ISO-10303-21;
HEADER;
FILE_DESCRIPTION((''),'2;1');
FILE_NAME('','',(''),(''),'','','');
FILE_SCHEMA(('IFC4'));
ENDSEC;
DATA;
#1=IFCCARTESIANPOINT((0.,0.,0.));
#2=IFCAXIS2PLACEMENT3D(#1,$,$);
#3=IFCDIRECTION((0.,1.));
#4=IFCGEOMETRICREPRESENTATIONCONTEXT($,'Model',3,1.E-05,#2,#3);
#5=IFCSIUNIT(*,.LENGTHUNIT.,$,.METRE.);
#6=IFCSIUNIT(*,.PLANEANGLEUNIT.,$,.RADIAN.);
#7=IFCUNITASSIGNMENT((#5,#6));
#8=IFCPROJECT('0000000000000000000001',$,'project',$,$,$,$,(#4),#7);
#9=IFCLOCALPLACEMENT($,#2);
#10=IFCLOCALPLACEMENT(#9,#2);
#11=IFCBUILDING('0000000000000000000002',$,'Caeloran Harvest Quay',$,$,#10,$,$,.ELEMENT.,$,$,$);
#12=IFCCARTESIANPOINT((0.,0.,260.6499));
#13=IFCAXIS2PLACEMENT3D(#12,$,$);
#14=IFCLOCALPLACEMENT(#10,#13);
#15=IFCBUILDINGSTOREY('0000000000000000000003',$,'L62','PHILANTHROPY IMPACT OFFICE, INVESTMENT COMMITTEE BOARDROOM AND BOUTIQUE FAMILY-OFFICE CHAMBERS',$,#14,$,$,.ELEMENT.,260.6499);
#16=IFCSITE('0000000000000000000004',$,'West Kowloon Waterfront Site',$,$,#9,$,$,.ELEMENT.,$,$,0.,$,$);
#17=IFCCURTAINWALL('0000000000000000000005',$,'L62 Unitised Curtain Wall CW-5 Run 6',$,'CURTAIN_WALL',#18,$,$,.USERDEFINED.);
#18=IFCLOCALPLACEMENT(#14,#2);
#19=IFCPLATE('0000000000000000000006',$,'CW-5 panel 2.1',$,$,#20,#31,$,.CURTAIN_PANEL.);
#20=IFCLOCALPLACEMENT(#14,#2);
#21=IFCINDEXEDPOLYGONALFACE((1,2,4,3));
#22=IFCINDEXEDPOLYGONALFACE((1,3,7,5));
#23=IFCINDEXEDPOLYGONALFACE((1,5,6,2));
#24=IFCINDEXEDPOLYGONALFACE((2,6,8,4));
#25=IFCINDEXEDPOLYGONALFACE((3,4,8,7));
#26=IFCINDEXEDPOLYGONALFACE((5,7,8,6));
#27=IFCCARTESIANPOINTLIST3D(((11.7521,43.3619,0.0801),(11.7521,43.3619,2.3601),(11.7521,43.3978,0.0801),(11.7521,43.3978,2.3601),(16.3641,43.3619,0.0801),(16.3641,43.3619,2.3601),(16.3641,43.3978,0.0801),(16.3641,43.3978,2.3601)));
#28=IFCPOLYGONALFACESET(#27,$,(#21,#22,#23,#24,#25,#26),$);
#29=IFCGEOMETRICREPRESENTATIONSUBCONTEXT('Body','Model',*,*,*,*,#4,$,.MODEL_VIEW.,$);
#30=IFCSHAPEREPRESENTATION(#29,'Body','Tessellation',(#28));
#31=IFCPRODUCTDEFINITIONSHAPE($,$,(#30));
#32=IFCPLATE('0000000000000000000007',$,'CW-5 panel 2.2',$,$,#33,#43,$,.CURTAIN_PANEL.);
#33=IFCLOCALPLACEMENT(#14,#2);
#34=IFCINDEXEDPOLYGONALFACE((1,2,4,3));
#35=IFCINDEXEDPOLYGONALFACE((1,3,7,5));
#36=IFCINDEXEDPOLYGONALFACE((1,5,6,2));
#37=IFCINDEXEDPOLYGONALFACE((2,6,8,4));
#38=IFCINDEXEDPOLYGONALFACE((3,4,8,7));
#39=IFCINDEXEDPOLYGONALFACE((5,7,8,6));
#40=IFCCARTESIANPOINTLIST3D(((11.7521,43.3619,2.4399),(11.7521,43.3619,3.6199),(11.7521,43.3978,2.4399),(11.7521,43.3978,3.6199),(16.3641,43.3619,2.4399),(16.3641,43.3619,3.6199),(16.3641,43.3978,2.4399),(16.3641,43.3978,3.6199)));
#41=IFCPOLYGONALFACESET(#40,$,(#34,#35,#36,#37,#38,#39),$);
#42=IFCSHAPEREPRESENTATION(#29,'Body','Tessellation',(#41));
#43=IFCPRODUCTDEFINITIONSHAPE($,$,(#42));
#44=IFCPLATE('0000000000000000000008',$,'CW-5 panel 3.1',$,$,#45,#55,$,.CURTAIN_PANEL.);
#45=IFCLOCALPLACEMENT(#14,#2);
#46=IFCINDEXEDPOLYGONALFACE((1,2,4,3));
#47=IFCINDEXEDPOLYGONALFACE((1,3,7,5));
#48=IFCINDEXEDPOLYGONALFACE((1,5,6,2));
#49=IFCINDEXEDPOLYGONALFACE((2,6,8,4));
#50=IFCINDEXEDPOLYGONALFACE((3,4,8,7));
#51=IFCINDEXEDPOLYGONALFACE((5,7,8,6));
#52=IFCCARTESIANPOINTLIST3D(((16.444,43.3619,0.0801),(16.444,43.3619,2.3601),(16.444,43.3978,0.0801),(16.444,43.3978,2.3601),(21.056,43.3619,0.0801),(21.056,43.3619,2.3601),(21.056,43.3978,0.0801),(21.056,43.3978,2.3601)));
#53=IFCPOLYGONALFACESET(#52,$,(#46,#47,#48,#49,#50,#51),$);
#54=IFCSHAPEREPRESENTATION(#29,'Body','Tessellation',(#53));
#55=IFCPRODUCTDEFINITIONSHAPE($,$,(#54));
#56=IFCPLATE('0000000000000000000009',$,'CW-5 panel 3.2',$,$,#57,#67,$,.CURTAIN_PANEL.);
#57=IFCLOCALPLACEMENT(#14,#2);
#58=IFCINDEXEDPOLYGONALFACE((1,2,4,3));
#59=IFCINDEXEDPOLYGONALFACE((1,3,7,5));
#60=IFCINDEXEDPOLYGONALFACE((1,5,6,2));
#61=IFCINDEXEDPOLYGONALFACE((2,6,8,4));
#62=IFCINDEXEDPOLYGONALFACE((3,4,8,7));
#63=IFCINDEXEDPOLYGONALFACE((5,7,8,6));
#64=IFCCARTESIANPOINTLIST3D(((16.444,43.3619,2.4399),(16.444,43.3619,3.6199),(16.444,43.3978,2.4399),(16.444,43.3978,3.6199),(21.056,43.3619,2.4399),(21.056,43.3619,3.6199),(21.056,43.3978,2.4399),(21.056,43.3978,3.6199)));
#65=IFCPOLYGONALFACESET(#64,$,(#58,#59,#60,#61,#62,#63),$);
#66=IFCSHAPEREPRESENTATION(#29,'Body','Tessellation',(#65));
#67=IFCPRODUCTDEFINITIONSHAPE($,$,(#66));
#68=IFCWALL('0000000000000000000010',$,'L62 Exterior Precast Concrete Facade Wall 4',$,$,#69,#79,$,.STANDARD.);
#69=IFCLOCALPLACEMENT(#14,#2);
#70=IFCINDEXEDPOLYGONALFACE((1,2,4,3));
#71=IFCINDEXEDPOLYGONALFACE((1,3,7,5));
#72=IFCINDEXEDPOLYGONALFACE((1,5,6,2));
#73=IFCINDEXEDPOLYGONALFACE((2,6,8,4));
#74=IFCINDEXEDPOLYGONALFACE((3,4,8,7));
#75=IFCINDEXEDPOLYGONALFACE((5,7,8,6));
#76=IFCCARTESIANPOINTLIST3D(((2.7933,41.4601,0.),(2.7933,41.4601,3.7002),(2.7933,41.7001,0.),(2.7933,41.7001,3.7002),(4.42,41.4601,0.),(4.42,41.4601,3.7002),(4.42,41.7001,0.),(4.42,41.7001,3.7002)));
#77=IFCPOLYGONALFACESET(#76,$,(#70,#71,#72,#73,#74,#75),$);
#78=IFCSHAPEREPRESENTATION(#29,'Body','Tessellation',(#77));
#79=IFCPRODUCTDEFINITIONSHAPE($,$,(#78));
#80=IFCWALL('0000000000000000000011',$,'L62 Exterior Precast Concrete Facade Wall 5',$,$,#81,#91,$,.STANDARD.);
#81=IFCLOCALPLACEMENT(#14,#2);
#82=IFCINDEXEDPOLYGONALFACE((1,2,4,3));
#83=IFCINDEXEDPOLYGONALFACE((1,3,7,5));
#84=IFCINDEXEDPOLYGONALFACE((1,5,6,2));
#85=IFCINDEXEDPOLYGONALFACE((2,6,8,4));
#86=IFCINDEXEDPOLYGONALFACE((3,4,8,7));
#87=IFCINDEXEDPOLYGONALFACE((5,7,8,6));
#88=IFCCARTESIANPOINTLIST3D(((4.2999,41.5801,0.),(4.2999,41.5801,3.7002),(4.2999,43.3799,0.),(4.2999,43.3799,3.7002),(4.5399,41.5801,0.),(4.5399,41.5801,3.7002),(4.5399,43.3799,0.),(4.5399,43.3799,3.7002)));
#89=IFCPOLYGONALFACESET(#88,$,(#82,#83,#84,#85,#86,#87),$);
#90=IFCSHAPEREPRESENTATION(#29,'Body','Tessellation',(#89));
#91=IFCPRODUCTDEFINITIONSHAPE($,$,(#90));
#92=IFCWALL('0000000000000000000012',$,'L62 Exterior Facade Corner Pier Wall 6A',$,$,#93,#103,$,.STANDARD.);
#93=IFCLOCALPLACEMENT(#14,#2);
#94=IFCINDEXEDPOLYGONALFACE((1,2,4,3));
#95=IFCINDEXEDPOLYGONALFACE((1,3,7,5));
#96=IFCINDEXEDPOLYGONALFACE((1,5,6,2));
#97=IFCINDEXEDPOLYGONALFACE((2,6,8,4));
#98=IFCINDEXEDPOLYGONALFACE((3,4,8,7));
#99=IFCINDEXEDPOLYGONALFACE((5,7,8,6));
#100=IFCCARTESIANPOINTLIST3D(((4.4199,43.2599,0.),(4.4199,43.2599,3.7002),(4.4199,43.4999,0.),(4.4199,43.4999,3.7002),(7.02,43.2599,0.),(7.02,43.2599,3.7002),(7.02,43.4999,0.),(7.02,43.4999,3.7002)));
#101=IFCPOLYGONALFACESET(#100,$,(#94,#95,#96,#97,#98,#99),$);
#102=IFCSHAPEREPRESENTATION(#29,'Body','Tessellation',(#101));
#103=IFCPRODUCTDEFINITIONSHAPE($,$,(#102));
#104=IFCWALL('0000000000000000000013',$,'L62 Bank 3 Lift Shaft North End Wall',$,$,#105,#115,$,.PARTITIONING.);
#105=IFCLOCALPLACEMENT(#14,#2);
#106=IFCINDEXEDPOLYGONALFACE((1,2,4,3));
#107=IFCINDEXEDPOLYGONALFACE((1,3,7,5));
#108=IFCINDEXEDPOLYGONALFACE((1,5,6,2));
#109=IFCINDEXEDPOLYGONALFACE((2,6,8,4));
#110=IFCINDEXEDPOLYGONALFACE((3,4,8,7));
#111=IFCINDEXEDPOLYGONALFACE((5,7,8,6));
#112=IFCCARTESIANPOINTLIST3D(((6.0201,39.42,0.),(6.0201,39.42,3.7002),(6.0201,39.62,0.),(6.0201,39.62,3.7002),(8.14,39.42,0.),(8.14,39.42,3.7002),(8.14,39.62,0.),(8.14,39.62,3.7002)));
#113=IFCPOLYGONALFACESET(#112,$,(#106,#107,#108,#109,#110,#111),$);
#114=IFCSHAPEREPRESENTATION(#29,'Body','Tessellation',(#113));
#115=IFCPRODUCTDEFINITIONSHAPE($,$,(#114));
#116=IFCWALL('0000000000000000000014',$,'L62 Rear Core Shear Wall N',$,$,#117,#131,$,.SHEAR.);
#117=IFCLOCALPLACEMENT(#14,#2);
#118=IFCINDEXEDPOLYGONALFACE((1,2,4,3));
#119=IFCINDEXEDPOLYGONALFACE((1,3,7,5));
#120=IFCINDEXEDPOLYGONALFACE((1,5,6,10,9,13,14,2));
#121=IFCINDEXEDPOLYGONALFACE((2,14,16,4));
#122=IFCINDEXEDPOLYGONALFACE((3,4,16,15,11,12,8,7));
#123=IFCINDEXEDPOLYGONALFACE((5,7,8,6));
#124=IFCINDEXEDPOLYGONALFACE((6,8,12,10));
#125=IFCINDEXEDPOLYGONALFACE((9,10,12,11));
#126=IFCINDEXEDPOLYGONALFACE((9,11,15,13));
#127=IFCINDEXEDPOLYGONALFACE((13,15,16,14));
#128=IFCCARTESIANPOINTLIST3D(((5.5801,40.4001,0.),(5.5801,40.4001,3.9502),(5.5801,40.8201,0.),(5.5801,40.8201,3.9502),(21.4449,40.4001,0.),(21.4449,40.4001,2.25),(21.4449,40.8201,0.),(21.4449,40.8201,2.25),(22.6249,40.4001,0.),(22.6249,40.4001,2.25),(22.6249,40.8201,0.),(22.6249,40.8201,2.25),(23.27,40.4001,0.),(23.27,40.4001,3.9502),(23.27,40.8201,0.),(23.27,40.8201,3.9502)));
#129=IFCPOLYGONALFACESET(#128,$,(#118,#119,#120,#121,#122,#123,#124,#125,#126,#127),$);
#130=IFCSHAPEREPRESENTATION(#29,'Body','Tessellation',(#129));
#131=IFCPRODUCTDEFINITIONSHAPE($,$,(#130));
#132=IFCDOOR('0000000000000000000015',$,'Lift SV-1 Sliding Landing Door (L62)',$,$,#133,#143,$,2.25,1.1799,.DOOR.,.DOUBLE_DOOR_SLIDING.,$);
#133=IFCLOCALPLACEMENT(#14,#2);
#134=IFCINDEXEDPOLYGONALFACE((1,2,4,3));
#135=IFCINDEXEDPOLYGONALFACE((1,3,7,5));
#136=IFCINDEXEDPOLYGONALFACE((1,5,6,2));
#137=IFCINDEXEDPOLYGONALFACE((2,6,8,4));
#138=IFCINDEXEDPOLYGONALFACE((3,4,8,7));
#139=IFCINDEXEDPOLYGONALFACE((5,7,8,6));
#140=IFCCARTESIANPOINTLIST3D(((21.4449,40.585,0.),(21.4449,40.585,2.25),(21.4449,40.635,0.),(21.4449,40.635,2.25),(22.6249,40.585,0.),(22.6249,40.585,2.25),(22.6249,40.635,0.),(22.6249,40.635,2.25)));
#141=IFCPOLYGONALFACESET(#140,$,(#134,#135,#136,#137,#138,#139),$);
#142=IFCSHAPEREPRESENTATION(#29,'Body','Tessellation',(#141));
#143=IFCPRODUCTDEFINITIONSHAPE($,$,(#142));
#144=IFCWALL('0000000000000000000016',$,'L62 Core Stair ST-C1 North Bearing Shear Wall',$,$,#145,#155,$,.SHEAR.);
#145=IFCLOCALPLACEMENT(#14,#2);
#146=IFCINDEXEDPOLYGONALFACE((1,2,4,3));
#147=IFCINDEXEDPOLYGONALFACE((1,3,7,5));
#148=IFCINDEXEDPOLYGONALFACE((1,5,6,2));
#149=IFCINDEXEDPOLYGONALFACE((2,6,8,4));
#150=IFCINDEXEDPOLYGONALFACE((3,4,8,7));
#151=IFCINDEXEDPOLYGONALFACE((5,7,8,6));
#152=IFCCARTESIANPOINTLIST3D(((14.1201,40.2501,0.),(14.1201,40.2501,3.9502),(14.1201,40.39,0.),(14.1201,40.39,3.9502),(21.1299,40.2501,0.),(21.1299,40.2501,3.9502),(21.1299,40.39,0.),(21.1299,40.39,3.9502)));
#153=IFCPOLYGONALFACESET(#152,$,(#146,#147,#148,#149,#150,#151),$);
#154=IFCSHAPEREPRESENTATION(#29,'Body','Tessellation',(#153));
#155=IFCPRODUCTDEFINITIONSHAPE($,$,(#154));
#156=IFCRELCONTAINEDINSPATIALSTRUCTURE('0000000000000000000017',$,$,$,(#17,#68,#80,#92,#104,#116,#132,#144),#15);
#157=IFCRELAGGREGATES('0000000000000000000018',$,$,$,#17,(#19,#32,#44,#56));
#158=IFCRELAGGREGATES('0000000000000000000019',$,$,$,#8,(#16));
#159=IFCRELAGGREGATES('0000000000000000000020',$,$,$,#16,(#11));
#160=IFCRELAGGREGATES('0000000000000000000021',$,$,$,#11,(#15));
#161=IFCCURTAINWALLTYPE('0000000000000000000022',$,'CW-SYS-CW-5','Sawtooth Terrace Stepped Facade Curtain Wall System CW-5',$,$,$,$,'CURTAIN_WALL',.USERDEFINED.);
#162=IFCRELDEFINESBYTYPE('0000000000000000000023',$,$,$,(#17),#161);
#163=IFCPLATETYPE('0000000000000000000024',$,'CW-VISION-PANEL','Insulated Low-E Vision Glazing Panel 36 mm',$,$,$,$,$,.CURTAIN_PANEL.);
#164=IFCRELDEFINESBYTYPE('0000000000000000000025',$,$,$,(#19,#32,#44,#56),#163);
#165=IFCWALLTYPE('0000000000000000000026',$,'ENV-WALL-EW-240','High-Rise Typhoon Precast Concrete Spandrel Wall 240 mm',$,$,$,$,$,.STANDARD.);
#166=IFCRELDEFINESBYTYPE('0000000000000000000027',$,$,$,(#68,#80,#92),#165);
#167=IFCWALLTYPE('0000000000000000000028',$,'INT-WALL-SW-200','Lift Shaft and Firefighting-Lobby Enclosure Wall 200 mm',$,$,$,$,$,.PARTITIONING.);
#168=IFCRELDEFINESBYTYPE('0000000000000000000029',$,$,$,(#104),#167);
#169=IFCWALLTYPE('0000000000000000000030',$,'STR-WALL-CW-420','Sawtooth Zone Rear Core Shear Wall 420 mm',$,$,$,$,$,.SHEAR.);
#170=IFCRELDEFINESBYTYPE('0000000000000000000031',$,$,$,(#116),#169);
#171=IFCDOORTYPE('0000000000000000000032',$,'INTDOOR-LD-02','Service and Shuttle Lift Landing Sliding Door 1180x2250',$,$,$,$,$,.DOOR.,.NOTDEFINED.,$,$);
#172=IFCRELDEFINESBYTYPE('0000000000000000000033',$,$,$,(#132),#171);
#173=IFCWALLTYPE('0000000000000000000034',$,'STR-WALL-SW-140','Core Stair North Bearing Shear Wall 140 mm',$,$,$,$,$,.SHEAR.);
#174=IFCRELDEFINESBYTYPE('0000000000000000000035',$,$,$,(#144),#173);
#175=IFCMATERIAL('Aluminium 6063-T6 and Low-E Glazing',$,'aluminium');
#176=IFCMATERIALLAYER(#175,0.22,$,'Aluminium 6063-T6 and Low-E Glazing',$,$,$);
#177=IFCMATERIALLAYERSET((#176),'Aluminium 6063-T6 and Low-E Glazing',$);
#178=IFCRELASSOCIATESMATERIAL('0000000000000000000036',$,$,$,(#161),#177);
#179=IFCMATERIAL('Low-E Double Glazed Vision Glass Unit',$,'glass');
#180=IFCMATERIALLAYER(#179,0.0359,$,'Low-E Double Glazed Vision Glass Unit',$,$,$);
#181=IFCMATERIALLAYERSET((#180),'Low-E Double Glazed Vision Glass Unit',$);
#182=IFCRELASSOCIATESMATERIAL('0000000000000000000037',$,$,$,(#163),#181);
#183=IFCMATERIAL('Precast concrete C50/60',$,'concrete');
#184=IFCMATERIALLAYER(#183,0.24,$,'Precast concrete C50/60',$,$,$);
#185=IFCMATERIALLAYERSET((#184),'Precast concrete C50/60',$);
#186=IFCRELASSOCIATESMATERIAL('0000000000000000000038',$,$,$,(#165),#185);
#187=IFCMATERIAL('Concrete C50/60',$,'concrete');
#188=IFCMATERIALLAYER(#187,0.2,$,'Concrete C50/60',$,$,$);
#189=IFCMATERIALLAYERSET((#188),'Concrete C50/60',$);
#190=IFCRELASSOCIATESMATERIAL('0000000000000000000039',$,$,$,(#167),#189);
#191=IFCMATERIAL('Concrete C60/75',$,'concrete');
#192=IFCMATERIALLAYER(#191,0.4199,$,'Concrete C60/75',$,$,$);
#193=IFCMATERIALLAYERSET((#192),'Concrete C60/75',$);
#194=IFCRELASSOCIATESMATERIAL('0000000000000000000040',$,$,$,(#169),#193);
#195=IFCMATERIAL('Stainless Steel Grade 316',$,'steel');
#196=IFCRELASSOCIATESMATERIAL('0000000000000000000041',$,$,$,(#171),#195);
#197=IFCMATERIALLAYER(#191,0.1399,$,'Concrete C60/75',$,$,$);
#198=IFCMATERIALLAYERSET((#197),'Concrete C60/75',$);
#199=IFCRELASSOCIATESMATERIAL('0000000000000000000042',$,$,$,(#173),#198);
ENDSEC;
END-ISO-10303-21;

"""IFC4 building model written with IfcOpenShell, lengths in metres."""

from ifc_helpers import new_model, si_unit, direction, frame, frame_2d, origin, origin_2d, place, context, subcontext, project, spatial, rectangle, extrude, material, layer, layer_set, type_object, element, fill, aggregate, save


model = new_model("IFC4")

# Units and contexts
model_context = context("Model", 3, precision=1e-05, world=origin(), true_north=direction((0.0, 1.0)))
body_context = subcontext(model_context, "Body", "Model", "MODEL_VIEW")
ifc_project = project(units=[si_unit("LENGTHUNIT", "METRE"), si_unit("PLANEANGLEUNIT", "RADIAN")], contexts=[model_context])

# Site, building, storey
site_placement = place(None, origin())
site = spatial("IfcSite", under=ifc_project, at=site_placement, Name="West Kowloon Waterfront Site", CompositionType="ELEMENT", RefElevation=0.0)
building_placement = place(site_placement, origin())
building = spatial("IfcBuilding", under=site, at=building_placement, Name="Caeloran Harvest Quay", CompositionType="ELEMENT")
storey_placement = place(building_placement, frame((0.0, 0.0, 260.6499)))
storey = spatial("IfcBuildingStorey", under=building, at=storey_placement, Name="L62", Description="PHILANTHROPY IMPACT OFFICE, INVESTMENT COMMITTEE BOARDROOM AND BOUTIQUE FAMILY-OFFICE CHAMBERS", CompositionType="ELEMENT", Elevation=260.6499)

# Curtain wall, plates
ifc_material_1 = material(Name="Aluminium 6063-T6 and Low-E Glazing", Category="aluminium")
ifc_layer_1 = layer(ifc_material_1, 0.22, Name="Aluminium 6063-T6 and Low-E Glazing")
ifc_layer_set_1 = layer_set([ifc_layer_1], Name="Aluminium 6063-T6 and Low-E Glazing")
curtain_wall_type = type_object("IfcCurtainWallType", Name="CW-SYS-CW-5", Description="Sawtooth Terrace Stepped Facade Curtain Wall System CW-5", ElementType="CURTAIN_WALL", PredefinedType="USERDEFINED", material=ifc_layer_set_1)
curtain_wall_placement = place(storey_placement, origin())
curtain_wall = element("IfcCurtainWall", 1, at=curtain_wall_placement, inside=storey, type_object=curtain_wall_type, Name="L62 Unitised Curtain Wall CW-5 Run 6", ObjectType="CURTAIN_WALL", PredefinedType="USERDEFINED")
ifc_material_2 = material(Name="Low-E Double Glazed Vision Glass Unit", Category="glass")
ifc_layer_2 = layer(ifc_material_2, 0.0359, Name="Low-E Double Glazed Vision Glass Unit")
ifc_layer_set_2 = layer_set([ifc_layer_2], Name="Low-E Double Glazed Vision Glass Unit")
plate_type = type_object("IfcPlateType", Name="CW-VISION-PANEL", Description="Insulated Low-E Vision Glazing Panel 36 mm", PredefinedType="CURTAIN_PANEL", material=ifc_layer_set_2)
plate_1_placement = place(storey_placement, frame((14.0581, 43.3799, 0.0801), z_axis=(0.0, 0.0, 1.0), x_axis=(1.0, 0.0, 0.0)))
plate_1 = element("IfcPlate", 2, at=plate_1_placement, type_object=plate_type, Name="CW-5 panel 2.1", PredefinedType="CURTAIN_PANEL", context=body_context, shape_type="SweptSolid", body=[
    extrude(rectangle(XDim=4.6121, YDim=0.0359, at=origin_2d()), origin(), (0.0, 0.0, 1.0), 2.28),
])
plate_2_placement = place(storey_placement, frame((14.0581, 43.3799, 2.4399), z_axis=(0.0, 0.0, 1.0), x_axis=(1.0, 0.0, 0.0)))
plate_2 = element("IfcPlate", 3, at=plate_2_placement, type_object=plate_type, Name="CW-5 panel 2.2", PredefinedType="CURTAIN_PANEL", context=body_context, shape_type="SweptSolid", body=[
    extrude(rectangle(XDim=4.6121, YDim=0.0359, at=origin_2d()), origin(), (0.0, 0.0, 1.0), 1.1799),
])
plate_3_placement = place(storey_placement, frame((18.75, 43.3799, 0.0801), z_axis=(0.0, 0.0, 1.0), x_axis=(1.0, 0.0, 0.0)))
plate_3 = element("IfcPlate", 4, at=plate_3_placement, type_object=plate_type, Name="CW-5 panel 3.1", PredefinedType="CURTAIN_PANEL", context=body_context, shape_type="SweptSolid", body=[
    extrude(rectangle(XDim=4.6121, YDim=0.0359, at=origin_2d()), origin(), (0.0, 0.0, 1.0), 2.28),
])
plate_4_placement = place(storey_placement, frame((18.75, 43.3799, 2.4399), z_axis=(0.0, 0.0, 1.0), x_axis=(1.0, 0.0, 0.0)))
plate_4 = element("IfcPlate", 5, at=plate_4_placement, type_object=plate_type, Name="CW-5 panel 3.2", PredefinedType="CURTAIN_PANEL", context=body_context, shape_type="SweptSolid", body=[
    extrude(rectangle(XDim=4.6121, YDim=0.0359, at=origin_2d()), origin(), (0.0, 0.0, 1.0), 1.1799),
])
aggregate(curtain_wall, [plate_1, plate_2, plate_3, plate_4])

# Walls
ifc_material_3 = material(Name="Precast concrete C50/60", Category="concrete")
ifc_layer_3 = layer(ifc_material_3, 0.24, Name="Precast concrete C50/60")
ifc_layer_set_3 = layer_set([ifc_layer_3], Name="Precast concrete C50/60")
wall_type_1 = type_object("IfcWallType", Name="ENV-WALL-EW-240", Description="High-Rise Typhoon Precast Concrete Spandrel Wall 240 mm", PredefinedType="STANDARD", material=ifc_layer_set_3)
wall_1_placement = place(storey_placement, frame((2.7932, 41.5801, 0.0), z_axis=(0.0, 0.0, 1.0), x_axis=(1.0, 0.0, 0.0)))
element("IfcWall", 6, at=wall_1_placement, inside=storey, type_object=wall_type_1, Name="L62 Exterior Precast Concrete Facade Wall 4", PredefinedType="STANDARD", context=body_context, shape_type="SweptSolid", body=[
    extrude(rectangle(XDim=1.6267, YDim=0.24, at=frame_2d((0.8135, 0.0))), origin(), (0.0, 0.0, 1.0), 3.7002),
])
wall_2_placement = place(storey_placement, frame((4.4199, 41.5801, 0.0), z_axis=(0.0, 0.0, 1.0), x_axis=(0.0, 1.0, 0.0)))
element("IfcWall", 7, at=wall_2_placement, inside=storey, type_object=wall_type_1, Name="L62 Exterior Precast Concrete Facade Wall 5", PredefinedType="STANDARD", context=body_context, shape_type="SweptSolid", body=[
    extrude(rectangle(XDim=1.7998, YDim=0.24, at=frame_2d((0.8999, 0.0))), origin(), (0.0, 0.0, 1.0), 3.7002),
])
wall_3_placement = place(storey_placement, frame((4.4199, 43.3799, 0.0), z_axis=(0.0, 0.0, 1.0), x_axis=(1.0, 0.0, 0.0)))
element("IfcWall", 8, at=wall_3_placement, inside=storey, type_object=wall_type_1, Name="L62 Exterior Facade Corner Pier Wall 6A", PredefinedType="STANDARD", context=body_context, shape_type="SweptSolid", body=[
    extrude(rectangle(XDim=2.6001, YDim=0.24, at=frame_2d((1.3, 0.0))), origin(), (0.0, 0.0, 1.0), 3.7002),
])
ifc_material_4 = material(Name="Concrete C50/60", Category="concrete")
ifc_layer_4 = layer(ifc_material_4, 0.2, Name="Concrete C50/60")
ifc_layer_set_4 = layer_set([ifc_layer_4], Name="Concrete C50/60")
wall_type_2 = type_object("IfcWallType", Name="INT-WALL-SW-200", Description="Lift Shaft and Firefighting-Lobby Enclosure Wall 200 mm", PredefinedType="PARTITIONING", material=ifc_layer_set_4)
wall_4_placement = place(storey_placement, frame((6.02, 39.52, 0.0), z_axis=(0.0, 0.0, 1.0), x_axis=(1.0, 0.0, 0.0)))
element("IfcWall", 9, at=wall_4_placement, inside=storey, type_object=wall_type_2, Name="L62 Bank 3 Lift Shaft North End Wall", PredefinedType="PARTITIONING", context=body_context, shape_type="SweptSolid", body=[
    extrude(rectangle(XDim=2.1199, YDim=0.2, at=frame_2d((1.0601, 0.0))), origin(), (0.0, 0.0, 1.0), 3.7002),
])

# Wall, opening, door
ifc_material_5 = material(Name="Concrete C60/75", Category="concrete")
ifc_layer_5 = layer(ifc_material_5, 0.4199, Name="Concrete C60/75")
ifc_layer_set_5 = layer_set([ifc_layer_5], Name="Concrete C60/75")
wall_type_3 = type_object("IfcWallType", Name="STR-WALL-CW-420", Description="Sawtooth Zone Rear Core Shear Wall 420 mm", PredefinedType="SHEAR", material=ifc_layer_set_5)
wall_5_placement = place(storey_placement, frame((5.5801, 40.6101, 0.0), z_axis=(0.0, 0.0, 1.0), x_axis=(1.0, 0.0, 0.0)))
wall_5 = element("IfcWall", 10, at=wall_5_placement, inside=storey, type_object=wall_type_3, Name="L62 Rear Core Shear Wall N", PredefinedType="SHEAR", context=body_context, shape_type="SweptSolid", body=[
    extrude(rectangle(XDim=17.6899, YDim=0.4199, at=frame_2d((8.845, 0.0))), origin(), (0.0, 0.0, 1.0), 3.9502),
])
opening_placement = place(wall_5_placement, frame((15.865, 0.0, 0.0)))
opening = element("IfcOpeningElement", 11, at=opening_placement, cuts=wall_5, PredefinedType="OPENING", context=body_context, shape_type="SweptSolid", body=[
    extrude(rectangle(XDim=1.1799, YDim=2.25, at=frame_2d((0.5898, 1.125))), frame((0.0, 0.22, 0.0), z_axis=(0.0, -1.0, 0.0), x_axis=(1.0, 0.0, 0.0)), (0.0, 0.0, 1.0), 0.4399),
])
ifc_material_6 = material(Name="Stainless Steel Grade 316", Category="steel")
door_type = type_object("IfcDoorType", Name="INTDOOR-LD-02", Description="Service and Shuttle Lift Landing Sliding Door 1180x2250", OperationType="NOTDEFINED", PredefinedType="DOOR", material=ifc_material_6)
door_placement = place(opening_placement, origin())
door = element("IfcDoor", 12, at=door_placement, inside=storey, type_object=door_type, Name="Lift SV-1 Sliding Landing Door (L62)", OperationType="DOUBLE_DOOR_SLIDING", OverallHeight=2.25, OverallWidth=1.1799, PredefinedType="DOOR", context=body_context, shape_type="SweptSolid", body=[
    extrude(rectangle(XDim=1.1799, YDim=2.25, at=frame_2d((0.5898, 1.125))), frame((0.0, 0.0249, 0.0), z_axis=(0.0, -1.0, 0.0), x_axis=(1.0, 0.0, 0.0)), (0.0, 0.0, 1.0), 0.05),
])
fill(opening, door)

# Wall
ifc_layer_6 = layer(ifc_material_5, 0.1399, Name="Concrete C60/75")
ifc_layer_set_6 = layer_set([ifc_layer_6], Name="Concrete C60/75")
wall_type_4 = type_object("IfcWallType", Name="STR-WALL-SW-140", Description="Core Stair North Bearing Shear Wall 140 mm", PredefinedType="SHEAR", material=ifc_layer_set_6)
wall_6_placement = place(storey_placement, frame((14.1201, 40.3201, 0.0), z_axis=(0.0, 0.0, 1.0), x_axis=(1.0, 0.0, 0.0)))
element("IfcWall", 13, at=wall_6_placement, inside=storey, type_object=wall_type_4, Name="L62 Core Stair ST-C1 North Bearing Shear Wall", PredefinedType="SHEAR", context=body_context, shape_type="SweptSolid", body=[
    extrude(rectangle(XDim=7.0098, YDim=0.1399, at=frame_2d((3.5049, 0.0))), origin(), (0.0, 0.0, 1.0), 3.9502),
])

save(model, "model.ifc")
